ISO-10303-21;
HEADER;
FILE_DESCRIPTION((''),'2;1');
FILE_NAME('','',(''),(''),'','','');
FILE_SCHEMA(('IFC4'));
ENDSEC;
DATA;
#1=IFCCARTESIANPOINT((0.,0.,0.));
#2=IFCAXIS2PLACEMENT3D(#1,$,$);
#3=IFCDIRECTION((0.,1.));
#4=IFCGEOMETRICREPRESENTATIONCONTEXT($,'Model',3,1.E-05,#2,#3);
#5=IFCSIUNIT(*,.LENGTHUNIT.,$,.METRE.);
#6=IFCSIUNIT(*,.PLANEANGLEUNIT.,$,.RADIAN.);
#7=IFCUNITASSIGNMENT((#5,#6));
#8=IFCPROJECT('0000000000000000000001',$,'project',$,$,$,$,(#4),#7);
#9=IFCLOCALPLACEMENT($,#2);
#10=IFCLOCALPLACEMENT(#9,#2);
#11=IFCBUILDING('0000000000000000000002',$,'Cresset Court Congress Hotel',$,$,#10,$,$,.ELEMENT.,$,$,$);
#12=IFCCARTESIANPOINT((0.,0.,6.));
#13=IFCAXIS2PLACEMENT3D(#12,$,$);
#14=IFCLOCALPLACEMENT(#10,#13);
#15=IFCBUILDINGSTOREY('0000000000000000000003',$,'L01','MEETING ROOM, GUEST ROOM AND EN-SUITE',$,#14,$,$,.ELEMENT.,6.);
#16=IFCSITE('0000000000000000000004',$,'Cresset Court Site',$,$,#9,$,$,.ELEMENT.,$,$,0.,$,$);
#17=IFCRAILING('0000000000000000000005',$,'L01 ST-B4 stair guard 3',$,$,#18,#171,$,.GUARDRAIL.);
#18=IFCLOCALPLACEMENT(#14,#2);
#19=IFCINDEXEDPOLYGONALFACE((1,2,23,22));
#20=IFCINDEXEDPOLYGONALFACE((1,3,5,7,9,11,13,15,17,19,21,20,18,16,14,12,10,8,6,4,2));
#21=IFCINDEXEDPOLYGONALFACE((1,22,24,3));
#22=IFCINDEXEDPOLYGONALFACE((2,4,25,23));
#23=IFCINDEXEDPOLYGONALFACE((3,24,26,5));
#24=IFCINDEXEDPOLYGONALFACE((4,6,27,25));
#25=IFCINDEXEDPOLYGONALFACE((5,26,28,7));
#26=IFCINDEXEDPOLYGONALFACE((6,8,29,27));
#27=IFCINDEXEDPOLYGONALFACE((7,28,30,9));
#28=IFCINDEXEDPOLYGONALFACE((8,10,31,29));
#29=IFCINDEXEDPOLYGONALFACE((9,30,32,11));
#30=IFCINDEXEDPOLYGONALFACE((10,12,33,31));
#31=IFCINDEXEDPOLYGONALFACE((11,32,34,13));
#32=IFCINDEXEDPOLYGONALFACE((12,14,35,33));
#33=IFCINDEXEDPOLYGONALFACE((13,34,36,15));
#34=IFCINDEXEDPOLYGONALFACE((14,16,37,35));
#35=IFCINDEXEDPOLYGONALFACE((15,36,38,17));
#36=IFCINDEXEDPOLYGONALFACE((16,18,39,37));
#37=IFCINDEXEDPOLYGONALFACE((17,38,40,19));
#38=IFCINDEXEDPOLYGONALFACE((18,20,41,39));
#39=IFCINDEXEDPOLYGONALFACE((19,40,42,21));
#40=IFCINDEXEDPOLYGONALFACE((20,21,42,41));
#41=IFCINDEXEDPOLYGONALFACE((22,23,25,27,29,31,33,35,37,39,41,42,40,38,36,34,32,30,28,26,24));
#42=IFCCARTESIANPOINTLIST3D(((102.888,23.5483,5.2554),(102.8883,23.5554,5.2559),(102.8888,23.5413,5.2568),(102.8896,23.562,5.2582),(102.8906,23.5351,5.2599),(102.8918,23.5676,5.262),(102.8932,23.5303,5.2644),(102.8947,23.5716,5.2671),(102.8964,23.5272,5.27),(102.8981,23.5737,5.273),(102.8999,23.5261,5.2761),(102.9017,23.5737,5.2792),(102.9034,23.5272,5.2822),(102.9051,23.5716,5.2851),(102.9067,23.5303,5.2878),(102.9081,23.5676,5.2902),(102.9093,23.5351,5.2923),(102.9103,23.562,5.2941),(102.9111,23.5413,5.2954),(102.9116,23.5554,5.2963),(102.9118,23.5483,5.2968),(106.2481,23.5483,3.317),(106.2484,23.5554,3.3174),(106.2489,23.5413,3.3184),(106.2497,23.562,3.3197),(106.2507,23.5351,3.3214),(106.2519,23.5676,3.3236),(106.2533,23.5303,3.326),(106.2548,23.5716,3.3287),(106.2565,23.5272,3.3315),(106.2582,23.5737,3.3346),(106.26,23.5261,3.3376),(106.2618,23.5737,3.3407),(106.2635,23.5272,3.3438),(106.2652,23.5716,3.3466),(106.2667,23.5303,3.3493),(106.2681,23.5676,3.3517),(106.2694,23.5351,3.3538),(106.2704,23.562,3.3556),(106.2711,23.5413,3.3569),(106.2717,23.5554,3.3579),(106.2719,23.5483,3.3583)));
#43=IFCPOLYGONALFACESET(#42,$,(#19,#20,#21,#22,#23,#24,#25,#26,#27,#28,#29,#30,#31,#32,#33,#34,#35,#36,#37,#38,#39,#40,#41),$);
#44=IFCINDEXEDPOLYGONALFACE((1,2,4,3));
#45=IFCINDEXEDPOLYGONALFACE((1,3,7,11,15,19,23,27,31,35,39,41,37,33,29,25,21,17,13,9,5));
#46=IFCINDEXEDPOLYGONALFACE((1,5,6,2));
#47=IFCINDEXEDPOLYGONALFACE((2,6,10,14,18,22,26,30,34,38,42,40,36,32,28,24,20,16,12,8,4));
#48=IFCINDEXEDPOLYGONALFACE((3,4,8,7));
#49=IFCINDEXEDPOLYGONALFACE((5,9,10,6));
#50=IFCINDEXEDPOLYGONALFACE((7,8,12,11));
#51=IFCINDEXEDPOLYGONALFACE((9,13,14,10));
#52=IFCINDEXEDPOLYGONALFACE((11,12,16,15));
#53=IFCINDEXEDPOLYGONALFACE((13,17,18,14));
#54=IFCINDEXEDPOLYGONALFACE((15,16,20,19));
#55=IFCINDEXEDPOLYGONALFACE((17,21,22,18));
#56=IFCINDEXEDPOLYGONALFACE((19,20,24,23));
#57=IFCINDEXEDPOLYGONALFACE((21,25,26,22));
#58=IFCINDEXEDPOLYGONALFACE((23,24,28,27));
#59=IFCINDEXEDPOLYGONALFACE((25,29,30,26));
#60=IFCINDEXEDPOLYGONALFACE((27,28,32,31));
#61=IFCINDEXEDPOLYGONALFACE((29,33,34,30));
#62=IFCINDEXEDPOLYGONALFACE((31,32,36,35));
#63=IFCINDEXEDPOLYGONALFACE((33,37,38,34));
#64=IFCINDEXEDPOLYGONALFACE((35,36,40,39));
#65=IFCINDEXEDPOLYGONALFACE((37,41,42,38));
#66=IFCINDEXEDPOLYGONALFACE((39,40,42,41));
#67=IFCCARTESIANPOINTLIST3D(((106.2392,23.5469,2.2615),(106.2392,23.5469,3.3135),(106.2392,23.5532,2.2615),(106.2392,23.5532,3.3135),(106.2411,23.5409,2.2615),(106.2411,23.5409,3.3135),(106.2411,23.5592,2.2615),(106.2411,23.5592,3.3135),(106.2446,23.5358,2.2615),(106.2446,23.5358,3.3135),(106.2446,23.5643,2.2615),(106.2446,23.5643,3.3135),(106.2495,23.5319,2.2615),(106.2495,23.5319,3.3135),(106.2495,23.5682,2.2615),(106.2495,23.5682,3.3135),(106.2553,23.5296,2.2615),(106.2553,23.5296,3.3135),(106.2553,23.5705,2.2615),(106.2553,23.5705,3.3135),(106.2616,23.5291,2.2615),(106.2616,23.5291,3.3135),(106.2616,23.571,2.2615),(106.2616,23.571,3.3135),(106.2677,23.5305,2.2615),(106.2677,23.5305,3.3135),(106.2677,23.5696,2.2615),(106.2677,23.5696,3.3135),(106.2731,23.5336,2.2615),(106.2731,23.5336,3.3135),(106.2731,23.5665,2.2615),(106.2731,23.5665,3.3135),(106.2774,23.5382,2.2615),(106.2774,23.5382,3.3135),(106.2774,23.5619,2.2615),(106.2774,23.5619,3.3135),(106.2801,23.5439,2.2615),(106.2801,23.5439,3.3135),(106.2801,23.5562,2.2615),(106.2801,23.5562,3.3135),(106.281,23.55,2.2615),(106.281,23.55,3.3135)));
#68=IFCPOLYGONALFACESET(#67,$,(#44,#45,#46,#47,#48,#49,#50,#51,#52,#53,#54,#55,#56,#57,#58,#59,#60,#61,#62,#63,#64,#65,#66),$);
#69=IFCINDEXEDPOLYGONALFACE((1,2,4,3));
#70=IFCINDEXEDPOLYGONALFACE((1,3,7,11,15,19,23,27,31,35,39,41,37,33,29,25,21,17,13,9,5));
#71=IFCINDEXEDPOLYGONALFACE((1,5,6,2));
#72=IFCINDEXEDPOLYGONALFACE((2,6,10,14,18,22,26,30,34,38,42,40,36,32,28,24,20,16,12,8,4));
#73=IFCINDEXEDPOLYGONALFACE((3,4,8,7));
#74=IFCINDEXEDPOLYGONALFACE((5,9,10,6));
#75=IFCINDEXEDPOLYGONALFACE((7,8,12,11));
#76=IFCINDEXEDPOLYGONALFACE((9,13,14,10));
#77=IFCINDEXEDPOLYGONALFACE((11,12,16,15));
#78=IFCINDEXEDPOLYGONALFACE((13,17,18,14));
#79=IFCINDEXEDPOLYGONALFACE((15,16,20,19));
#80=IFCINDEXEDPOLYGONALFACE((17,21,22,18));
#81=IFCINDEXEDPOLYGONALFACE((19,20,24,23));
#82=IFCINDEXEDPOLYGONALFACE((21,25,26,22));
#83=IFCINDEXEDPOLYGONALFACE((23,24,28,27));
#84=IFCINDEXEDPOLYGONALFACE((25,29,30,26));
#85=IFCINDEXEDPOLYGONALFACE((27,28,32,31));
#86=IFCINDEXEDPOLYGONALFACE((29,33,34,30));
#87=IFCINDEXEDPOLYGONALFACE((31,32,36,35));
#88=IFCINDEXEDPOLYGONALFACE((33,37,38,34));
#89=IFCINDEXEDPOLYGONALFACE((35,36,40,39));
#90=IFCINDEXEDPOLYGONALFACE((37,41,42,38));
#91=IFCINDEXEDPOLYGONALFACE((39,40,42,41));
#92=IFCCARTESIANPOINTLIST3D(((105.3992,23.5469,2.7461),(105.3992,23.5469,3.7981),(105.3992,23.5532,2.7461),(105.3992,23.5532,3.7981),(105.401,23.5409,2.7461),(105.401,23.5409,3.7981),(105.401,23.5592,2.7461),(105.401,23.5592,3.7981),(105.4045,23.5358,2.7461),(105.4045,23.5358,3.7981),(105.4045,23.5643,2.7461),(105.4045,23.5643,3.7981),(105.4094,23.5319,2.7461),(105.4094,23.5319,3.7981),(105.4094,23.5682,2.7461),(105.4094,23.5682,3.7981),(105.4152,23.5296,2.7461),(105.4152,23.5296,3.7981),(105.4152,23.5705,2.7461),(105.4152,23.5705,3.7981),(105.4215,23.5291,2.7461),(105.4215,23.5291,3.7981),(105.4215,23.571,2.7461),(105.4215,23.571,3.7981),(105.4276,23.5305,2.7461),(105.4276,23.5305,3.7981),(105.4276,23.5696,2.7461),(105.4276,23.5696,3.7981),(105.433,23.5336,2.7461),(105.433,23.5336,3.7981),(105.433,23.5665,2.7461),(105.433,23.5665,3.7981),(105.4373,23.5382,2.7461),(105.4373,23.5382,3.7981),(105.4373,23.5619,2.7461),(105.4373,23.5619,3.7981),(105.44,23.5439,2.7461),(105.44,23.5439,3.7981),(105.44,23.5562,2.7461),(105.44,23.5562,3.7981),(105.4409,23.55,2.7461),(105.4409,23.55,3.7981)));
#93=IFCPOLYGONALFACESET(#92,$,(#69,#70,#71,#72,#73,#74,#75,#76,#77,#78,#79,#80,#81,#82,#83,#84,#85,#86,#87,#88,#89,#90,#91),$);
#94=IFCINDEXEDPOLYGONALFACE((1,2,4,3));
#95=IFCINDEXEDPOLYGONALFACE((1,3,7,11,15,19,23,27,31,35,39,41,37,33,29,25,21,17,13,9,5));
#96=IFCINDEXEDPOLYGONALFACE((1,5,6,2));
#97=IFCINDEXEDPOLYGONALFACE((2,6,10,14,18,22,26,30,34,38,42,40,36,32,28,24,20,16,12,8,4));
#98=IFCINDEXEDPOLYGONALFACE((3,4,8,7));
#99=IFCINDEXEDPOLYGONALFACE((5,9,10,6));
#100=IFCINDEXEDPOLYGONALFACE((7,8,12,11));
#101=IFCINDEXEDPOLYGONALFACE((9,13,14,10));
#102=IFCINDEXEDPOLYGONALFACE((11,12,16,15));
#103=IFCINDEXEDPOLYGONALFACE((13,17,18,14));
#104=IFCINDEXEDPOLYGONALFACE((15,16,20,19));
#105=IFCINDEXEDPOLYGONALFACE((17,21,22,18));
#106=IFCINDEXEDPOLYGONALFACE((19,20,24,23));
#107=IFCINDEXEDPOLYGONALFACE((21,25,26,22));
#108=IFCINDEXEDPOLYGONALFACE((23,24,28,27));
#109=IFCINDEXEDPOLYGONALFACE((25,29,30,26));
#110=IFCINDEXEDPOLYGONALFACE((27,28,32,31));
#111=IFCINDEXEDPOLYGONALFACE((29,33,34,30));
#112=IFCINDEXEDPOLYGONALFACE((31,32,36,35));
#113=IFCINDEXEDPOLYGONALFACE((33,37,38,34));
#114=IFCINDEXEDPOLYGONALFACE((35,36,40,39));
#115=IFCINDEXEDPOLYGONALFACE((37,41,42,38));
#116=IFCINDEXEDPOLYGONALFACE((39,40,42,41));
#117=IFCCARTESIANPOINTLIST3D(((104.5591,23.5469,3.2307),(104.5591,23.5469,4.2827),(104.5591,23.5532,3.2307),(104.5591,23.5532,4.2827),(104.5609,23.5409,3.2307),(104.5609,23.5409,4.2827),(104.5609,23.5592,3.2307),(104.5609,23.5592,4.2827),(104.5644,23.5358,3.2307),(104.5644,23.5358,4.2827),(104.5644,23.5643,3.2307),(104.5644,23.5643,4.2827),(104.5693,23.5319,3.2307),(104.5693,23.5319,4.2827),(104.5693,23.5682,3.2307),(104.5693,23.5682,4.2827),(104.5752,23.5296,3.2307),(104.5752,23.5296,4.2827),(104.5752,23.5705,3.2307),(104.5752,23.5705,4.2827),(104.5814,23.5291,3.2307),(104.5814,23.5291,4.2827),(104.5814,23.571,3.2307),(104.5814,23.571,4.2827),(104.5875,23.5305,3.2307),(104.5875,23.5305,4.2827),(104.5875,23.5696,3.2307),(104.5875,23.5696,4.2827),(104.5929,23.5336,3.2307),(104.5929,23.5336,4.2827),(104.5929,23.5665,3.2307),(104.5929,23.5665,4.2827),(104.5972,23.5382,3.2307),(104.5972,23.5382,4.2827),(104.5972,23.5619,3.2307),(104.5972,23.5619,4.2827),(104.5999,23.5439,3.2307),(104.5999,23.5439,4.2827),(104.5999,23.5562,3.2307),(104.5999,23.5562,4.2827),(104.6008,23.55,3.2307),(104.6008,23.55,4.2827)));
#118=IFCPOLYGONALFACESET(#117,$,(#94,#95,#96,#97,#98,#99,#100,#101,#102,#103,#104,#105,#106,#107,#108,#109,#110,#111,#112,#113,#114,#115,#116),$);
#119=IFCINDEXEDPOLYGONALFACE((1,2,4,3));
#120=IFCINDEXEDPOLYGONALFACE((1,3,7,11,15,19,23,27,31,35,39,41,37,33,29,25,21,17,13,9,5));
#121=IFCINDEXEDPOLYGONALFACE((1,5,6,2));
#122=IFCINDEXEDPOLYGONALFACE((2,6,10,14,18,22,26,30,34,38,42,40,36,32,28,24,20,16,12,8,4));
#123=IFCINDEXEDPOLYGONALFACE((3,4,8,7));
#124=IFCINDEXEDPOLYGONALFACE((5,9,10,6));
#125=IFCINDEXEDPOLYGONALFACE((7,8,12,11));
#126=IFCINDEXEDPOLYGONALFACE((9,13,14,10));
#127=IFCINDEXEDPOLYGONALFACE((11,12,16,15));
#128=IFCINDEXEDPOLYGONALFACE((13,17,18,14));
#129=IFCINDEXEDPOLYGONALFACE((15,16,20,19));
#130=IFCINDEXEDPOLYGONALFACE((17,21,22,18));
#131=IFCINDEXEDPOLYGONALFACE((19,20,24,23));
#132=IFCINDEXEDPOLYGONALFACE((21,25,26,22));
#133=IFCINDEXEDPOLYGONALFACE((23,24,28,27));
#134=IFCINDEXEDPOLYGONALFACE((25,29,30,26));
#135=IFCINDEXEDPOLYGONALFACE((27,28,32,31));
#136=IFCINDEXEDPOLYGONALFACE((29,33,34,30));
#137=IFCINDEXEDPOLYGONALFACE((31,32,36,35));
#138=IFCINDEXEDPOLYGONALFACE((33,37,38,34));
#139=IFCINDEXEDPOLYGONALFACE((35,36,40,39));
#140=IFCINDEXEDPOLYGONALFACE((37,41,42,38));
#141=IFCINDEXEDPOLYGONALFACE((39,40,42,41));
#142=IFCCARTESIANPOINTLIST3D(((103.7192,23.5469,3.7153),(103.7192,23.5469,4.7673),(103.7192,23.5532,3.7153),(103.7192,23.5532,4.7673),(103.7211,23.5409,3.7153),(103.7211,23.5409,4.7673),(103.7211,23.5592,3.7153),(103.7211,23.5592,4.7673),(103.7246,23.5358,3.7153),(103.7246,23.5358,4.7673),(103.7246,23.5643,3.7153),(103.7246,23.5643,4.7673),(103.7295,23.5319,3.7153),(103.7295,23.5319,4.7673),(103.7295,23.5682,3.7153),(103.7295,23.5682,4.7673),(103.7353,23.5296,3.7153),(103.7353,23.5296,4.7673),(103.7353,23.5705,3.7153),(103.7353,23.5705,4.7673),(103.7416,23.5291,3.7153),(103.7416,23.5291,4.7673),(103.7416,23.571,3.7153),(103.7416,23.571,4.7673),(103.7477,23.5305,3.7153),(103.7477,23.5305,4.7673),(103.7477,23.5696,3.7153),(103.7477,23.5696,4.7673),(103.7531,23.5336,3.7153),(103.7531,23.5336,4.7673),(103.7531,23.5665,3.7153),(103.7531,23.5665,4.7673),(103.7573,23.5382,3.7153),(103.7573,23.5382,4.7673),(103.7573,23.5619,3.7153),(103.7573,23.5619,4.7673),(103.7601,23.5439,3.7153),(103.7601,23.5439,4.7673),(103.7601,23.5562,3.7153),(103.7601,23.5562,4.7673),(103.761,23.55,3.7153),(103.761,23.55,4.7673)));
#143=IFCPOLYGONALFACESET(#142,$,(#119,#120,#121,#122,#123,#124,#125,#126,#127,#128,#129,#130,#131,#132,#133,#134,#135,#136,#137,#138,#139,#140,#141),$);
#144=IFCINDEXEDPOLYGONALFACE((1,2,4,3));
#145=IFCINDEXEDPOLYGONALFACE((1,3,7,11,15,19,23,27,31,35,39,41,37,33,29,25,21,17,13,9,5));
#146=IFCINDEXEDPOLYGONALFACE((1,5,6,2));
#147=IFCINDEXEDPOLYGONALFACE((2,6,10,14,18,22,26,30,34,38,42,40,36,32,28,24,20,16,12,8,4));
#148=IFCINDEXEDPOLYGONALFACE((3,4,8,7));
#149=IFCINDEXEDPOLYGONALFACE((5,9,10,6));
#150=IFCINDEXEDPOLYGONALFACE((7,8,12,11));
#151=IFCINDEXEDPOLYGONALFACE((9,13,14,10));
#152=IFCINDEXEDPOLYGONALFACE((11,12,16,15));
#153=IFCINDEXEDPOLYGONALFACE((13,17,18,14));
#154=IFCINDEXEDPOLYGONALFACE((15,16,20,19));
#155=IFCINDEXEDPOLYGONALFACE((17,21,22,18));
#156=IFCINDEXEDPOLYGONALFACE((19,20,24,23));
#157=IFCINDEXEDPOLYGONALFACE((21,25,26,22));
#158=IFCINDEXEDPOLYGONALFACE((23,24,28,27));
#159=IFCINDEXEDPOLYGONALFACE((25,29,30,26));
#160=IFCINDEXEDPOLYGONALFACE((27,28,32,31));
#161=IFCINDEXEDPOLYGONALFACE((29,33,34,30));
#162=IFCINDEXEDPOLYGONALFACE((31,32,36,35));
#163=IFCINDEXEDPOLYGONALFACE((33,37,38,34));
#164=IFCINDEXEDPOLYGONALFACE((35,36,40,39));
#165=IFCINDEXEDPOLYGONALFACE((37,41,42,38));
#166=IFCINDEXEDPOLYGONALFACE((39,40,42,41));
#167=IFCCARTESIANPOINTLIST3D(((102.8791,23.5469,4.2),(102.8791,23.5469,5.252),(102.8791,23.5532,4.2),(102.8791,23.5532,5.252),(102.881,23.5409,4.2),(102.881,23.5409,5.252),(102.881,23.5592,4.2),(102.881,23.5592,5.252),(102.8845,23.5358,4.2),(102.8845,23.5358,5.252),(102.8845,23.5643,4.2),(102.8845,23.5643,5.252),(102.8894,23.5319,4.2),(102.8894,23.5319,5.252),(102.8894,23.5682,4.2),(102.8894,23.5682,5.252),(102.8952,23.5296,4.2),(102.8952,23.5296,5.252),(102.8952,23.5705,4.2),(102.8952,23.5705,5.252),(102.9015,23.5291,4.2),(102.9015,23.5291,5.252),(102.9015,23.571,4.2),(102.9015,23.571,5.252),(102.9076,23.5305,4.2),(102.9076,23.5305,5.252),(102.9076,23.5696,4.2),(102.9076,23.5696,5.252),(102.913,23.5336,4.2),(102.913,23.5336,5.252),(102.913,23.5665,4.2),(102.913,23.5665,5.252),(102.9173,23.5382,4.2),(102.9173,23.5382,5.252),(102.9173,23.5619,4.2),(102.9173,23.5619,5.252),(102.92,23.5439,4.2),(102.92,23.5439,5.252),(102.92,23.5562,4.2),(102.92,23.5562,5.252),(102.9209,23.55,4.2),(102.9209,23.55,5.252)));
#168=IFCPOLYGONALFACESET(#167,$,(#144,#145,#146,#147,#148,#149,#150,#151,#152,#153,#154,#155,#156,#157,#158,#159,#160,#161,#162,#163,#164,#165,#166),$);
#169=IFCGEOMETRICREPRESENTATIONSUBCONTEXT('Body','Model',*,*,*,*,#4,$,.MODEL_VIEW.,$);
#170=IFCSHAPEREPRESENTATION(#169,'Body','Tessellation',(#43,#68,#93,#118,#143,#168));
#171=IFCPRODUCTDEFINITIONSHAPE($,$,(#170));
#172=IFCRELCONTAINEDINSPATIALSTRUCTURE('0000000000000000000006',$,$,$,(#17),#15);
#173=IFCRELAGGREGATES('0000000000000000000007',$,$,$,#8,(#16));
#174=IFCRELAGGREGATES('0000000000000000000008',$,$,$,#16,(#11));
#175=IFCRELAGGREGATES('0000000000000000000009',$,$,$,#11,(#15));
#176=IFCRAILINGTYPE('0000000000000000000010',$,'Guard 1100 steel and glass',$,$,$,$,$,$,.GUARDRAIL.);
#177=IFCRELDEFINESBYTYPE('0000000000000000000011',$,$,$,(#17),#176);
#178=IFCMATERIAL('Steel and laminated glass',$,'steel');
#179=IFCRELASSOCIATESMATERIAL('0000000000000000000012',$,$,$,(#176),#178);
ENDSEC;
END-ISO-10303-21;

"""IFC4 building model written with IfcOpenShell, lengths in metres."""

from ifc_helpers import new_model, si_unit, direction, frame, origin, origin_2d, place, context, subcontext, project, spatial, circle, extrude, material, type_object, element, save


model = new_model("IFC4")

# Units and contexts
model_context = context("Model", 3, precision=1e-05, world=origin(), true_north=direction((0.0, 1.0)))
body_context = subcontext(model_context, "Body", "Model", "MODEL_VIEW")
ifc_project = project(units=[si_unit("LENGTHUNIT", "METRE"), si_unit("PLANEANGLEUNIT", "RADIAN")], contexts=[model_context])

# Site, building, storey
site_placement = place(None, origin())
site = spatial("IfcSite", under=ifc_project, at=site_placement, Name="Cresset Court Site", CompositionType="ELEMENT", RefElevation=0.0)
building_placement = place(site_placement, origin())
building = spatial("IfcBuilding", under=site, at=building_placement, Name="Cresset Court Congress Hotel", CompositionType="ELEMENT")
storey_placement = place(building_placement, frame((0.0, 0.0, 6.0)))
storey = spatial("IfcBuildingStorey", under=building, at=storey_placement, Name="L01", Description="MEETING ROOM, GUEST ROOM AND EN-SUITE", CompositionType="ELEMENT", Elevation=6.0)

# Railing
ifc_material_1 = material(Name="Steel and laminated glass", Category="steel")
railing_type_1 = type_object("IfcRailingType", Name="Guard 1100 steel and glass", PredefinedType="GUARDRAIL", material=ifc_material_1)
railing_1_placement = place(storey_placement, frame((106.26, 23.55, 2.2615)))
element("IfcRailing", 1, at=railing_1_placement, inside=storey, type_object=railing_type_1, Name="L01 ST-B4 stair guard 3", PredefinedType="GUARDRAIL", context=body_context, shape_type="SweptSolid", body=[
    extrude(circle(Radius=0.0239, at=origin_2d()), frame((0.0, 0.0, 1.0762), z_axis=(-0.866191, 0.0, 0.499713), x_axis=(0.0, -1.0, 0.0)), (0.0, 0.0, 1.0), 3.8792),
    extrude(circle(Radius=0.021, at=origin_2d()), origin(), (0.0, 0.0, 1.0), 1.052),
    extrude(circle(Radius=0.021, at=origin_2d()), frame((-0.8401, 0.0, 0.4846)), (0.0, 0.0, 1.0), 1.052),
    extrude(circle(Radius=0.021, at=origin_2d()), frame((-1.6802, 0.0, 0.9692)), (0.0, 0.0, 1.0), 1.052),
    extrude(circle(Radius=0.021, at=origin_2d()), frame((-2.52, 0.0, 1.4539)), (0.0, 0.0, 1.0), 1.052),
    extrude(circle(Radius=0.021, at=origin_2d()), frame((-3.3601, 0.0, 1.9385)), (0.0, 0.0, 1.0), 1.052),
])

save(model, "model.ifc")
